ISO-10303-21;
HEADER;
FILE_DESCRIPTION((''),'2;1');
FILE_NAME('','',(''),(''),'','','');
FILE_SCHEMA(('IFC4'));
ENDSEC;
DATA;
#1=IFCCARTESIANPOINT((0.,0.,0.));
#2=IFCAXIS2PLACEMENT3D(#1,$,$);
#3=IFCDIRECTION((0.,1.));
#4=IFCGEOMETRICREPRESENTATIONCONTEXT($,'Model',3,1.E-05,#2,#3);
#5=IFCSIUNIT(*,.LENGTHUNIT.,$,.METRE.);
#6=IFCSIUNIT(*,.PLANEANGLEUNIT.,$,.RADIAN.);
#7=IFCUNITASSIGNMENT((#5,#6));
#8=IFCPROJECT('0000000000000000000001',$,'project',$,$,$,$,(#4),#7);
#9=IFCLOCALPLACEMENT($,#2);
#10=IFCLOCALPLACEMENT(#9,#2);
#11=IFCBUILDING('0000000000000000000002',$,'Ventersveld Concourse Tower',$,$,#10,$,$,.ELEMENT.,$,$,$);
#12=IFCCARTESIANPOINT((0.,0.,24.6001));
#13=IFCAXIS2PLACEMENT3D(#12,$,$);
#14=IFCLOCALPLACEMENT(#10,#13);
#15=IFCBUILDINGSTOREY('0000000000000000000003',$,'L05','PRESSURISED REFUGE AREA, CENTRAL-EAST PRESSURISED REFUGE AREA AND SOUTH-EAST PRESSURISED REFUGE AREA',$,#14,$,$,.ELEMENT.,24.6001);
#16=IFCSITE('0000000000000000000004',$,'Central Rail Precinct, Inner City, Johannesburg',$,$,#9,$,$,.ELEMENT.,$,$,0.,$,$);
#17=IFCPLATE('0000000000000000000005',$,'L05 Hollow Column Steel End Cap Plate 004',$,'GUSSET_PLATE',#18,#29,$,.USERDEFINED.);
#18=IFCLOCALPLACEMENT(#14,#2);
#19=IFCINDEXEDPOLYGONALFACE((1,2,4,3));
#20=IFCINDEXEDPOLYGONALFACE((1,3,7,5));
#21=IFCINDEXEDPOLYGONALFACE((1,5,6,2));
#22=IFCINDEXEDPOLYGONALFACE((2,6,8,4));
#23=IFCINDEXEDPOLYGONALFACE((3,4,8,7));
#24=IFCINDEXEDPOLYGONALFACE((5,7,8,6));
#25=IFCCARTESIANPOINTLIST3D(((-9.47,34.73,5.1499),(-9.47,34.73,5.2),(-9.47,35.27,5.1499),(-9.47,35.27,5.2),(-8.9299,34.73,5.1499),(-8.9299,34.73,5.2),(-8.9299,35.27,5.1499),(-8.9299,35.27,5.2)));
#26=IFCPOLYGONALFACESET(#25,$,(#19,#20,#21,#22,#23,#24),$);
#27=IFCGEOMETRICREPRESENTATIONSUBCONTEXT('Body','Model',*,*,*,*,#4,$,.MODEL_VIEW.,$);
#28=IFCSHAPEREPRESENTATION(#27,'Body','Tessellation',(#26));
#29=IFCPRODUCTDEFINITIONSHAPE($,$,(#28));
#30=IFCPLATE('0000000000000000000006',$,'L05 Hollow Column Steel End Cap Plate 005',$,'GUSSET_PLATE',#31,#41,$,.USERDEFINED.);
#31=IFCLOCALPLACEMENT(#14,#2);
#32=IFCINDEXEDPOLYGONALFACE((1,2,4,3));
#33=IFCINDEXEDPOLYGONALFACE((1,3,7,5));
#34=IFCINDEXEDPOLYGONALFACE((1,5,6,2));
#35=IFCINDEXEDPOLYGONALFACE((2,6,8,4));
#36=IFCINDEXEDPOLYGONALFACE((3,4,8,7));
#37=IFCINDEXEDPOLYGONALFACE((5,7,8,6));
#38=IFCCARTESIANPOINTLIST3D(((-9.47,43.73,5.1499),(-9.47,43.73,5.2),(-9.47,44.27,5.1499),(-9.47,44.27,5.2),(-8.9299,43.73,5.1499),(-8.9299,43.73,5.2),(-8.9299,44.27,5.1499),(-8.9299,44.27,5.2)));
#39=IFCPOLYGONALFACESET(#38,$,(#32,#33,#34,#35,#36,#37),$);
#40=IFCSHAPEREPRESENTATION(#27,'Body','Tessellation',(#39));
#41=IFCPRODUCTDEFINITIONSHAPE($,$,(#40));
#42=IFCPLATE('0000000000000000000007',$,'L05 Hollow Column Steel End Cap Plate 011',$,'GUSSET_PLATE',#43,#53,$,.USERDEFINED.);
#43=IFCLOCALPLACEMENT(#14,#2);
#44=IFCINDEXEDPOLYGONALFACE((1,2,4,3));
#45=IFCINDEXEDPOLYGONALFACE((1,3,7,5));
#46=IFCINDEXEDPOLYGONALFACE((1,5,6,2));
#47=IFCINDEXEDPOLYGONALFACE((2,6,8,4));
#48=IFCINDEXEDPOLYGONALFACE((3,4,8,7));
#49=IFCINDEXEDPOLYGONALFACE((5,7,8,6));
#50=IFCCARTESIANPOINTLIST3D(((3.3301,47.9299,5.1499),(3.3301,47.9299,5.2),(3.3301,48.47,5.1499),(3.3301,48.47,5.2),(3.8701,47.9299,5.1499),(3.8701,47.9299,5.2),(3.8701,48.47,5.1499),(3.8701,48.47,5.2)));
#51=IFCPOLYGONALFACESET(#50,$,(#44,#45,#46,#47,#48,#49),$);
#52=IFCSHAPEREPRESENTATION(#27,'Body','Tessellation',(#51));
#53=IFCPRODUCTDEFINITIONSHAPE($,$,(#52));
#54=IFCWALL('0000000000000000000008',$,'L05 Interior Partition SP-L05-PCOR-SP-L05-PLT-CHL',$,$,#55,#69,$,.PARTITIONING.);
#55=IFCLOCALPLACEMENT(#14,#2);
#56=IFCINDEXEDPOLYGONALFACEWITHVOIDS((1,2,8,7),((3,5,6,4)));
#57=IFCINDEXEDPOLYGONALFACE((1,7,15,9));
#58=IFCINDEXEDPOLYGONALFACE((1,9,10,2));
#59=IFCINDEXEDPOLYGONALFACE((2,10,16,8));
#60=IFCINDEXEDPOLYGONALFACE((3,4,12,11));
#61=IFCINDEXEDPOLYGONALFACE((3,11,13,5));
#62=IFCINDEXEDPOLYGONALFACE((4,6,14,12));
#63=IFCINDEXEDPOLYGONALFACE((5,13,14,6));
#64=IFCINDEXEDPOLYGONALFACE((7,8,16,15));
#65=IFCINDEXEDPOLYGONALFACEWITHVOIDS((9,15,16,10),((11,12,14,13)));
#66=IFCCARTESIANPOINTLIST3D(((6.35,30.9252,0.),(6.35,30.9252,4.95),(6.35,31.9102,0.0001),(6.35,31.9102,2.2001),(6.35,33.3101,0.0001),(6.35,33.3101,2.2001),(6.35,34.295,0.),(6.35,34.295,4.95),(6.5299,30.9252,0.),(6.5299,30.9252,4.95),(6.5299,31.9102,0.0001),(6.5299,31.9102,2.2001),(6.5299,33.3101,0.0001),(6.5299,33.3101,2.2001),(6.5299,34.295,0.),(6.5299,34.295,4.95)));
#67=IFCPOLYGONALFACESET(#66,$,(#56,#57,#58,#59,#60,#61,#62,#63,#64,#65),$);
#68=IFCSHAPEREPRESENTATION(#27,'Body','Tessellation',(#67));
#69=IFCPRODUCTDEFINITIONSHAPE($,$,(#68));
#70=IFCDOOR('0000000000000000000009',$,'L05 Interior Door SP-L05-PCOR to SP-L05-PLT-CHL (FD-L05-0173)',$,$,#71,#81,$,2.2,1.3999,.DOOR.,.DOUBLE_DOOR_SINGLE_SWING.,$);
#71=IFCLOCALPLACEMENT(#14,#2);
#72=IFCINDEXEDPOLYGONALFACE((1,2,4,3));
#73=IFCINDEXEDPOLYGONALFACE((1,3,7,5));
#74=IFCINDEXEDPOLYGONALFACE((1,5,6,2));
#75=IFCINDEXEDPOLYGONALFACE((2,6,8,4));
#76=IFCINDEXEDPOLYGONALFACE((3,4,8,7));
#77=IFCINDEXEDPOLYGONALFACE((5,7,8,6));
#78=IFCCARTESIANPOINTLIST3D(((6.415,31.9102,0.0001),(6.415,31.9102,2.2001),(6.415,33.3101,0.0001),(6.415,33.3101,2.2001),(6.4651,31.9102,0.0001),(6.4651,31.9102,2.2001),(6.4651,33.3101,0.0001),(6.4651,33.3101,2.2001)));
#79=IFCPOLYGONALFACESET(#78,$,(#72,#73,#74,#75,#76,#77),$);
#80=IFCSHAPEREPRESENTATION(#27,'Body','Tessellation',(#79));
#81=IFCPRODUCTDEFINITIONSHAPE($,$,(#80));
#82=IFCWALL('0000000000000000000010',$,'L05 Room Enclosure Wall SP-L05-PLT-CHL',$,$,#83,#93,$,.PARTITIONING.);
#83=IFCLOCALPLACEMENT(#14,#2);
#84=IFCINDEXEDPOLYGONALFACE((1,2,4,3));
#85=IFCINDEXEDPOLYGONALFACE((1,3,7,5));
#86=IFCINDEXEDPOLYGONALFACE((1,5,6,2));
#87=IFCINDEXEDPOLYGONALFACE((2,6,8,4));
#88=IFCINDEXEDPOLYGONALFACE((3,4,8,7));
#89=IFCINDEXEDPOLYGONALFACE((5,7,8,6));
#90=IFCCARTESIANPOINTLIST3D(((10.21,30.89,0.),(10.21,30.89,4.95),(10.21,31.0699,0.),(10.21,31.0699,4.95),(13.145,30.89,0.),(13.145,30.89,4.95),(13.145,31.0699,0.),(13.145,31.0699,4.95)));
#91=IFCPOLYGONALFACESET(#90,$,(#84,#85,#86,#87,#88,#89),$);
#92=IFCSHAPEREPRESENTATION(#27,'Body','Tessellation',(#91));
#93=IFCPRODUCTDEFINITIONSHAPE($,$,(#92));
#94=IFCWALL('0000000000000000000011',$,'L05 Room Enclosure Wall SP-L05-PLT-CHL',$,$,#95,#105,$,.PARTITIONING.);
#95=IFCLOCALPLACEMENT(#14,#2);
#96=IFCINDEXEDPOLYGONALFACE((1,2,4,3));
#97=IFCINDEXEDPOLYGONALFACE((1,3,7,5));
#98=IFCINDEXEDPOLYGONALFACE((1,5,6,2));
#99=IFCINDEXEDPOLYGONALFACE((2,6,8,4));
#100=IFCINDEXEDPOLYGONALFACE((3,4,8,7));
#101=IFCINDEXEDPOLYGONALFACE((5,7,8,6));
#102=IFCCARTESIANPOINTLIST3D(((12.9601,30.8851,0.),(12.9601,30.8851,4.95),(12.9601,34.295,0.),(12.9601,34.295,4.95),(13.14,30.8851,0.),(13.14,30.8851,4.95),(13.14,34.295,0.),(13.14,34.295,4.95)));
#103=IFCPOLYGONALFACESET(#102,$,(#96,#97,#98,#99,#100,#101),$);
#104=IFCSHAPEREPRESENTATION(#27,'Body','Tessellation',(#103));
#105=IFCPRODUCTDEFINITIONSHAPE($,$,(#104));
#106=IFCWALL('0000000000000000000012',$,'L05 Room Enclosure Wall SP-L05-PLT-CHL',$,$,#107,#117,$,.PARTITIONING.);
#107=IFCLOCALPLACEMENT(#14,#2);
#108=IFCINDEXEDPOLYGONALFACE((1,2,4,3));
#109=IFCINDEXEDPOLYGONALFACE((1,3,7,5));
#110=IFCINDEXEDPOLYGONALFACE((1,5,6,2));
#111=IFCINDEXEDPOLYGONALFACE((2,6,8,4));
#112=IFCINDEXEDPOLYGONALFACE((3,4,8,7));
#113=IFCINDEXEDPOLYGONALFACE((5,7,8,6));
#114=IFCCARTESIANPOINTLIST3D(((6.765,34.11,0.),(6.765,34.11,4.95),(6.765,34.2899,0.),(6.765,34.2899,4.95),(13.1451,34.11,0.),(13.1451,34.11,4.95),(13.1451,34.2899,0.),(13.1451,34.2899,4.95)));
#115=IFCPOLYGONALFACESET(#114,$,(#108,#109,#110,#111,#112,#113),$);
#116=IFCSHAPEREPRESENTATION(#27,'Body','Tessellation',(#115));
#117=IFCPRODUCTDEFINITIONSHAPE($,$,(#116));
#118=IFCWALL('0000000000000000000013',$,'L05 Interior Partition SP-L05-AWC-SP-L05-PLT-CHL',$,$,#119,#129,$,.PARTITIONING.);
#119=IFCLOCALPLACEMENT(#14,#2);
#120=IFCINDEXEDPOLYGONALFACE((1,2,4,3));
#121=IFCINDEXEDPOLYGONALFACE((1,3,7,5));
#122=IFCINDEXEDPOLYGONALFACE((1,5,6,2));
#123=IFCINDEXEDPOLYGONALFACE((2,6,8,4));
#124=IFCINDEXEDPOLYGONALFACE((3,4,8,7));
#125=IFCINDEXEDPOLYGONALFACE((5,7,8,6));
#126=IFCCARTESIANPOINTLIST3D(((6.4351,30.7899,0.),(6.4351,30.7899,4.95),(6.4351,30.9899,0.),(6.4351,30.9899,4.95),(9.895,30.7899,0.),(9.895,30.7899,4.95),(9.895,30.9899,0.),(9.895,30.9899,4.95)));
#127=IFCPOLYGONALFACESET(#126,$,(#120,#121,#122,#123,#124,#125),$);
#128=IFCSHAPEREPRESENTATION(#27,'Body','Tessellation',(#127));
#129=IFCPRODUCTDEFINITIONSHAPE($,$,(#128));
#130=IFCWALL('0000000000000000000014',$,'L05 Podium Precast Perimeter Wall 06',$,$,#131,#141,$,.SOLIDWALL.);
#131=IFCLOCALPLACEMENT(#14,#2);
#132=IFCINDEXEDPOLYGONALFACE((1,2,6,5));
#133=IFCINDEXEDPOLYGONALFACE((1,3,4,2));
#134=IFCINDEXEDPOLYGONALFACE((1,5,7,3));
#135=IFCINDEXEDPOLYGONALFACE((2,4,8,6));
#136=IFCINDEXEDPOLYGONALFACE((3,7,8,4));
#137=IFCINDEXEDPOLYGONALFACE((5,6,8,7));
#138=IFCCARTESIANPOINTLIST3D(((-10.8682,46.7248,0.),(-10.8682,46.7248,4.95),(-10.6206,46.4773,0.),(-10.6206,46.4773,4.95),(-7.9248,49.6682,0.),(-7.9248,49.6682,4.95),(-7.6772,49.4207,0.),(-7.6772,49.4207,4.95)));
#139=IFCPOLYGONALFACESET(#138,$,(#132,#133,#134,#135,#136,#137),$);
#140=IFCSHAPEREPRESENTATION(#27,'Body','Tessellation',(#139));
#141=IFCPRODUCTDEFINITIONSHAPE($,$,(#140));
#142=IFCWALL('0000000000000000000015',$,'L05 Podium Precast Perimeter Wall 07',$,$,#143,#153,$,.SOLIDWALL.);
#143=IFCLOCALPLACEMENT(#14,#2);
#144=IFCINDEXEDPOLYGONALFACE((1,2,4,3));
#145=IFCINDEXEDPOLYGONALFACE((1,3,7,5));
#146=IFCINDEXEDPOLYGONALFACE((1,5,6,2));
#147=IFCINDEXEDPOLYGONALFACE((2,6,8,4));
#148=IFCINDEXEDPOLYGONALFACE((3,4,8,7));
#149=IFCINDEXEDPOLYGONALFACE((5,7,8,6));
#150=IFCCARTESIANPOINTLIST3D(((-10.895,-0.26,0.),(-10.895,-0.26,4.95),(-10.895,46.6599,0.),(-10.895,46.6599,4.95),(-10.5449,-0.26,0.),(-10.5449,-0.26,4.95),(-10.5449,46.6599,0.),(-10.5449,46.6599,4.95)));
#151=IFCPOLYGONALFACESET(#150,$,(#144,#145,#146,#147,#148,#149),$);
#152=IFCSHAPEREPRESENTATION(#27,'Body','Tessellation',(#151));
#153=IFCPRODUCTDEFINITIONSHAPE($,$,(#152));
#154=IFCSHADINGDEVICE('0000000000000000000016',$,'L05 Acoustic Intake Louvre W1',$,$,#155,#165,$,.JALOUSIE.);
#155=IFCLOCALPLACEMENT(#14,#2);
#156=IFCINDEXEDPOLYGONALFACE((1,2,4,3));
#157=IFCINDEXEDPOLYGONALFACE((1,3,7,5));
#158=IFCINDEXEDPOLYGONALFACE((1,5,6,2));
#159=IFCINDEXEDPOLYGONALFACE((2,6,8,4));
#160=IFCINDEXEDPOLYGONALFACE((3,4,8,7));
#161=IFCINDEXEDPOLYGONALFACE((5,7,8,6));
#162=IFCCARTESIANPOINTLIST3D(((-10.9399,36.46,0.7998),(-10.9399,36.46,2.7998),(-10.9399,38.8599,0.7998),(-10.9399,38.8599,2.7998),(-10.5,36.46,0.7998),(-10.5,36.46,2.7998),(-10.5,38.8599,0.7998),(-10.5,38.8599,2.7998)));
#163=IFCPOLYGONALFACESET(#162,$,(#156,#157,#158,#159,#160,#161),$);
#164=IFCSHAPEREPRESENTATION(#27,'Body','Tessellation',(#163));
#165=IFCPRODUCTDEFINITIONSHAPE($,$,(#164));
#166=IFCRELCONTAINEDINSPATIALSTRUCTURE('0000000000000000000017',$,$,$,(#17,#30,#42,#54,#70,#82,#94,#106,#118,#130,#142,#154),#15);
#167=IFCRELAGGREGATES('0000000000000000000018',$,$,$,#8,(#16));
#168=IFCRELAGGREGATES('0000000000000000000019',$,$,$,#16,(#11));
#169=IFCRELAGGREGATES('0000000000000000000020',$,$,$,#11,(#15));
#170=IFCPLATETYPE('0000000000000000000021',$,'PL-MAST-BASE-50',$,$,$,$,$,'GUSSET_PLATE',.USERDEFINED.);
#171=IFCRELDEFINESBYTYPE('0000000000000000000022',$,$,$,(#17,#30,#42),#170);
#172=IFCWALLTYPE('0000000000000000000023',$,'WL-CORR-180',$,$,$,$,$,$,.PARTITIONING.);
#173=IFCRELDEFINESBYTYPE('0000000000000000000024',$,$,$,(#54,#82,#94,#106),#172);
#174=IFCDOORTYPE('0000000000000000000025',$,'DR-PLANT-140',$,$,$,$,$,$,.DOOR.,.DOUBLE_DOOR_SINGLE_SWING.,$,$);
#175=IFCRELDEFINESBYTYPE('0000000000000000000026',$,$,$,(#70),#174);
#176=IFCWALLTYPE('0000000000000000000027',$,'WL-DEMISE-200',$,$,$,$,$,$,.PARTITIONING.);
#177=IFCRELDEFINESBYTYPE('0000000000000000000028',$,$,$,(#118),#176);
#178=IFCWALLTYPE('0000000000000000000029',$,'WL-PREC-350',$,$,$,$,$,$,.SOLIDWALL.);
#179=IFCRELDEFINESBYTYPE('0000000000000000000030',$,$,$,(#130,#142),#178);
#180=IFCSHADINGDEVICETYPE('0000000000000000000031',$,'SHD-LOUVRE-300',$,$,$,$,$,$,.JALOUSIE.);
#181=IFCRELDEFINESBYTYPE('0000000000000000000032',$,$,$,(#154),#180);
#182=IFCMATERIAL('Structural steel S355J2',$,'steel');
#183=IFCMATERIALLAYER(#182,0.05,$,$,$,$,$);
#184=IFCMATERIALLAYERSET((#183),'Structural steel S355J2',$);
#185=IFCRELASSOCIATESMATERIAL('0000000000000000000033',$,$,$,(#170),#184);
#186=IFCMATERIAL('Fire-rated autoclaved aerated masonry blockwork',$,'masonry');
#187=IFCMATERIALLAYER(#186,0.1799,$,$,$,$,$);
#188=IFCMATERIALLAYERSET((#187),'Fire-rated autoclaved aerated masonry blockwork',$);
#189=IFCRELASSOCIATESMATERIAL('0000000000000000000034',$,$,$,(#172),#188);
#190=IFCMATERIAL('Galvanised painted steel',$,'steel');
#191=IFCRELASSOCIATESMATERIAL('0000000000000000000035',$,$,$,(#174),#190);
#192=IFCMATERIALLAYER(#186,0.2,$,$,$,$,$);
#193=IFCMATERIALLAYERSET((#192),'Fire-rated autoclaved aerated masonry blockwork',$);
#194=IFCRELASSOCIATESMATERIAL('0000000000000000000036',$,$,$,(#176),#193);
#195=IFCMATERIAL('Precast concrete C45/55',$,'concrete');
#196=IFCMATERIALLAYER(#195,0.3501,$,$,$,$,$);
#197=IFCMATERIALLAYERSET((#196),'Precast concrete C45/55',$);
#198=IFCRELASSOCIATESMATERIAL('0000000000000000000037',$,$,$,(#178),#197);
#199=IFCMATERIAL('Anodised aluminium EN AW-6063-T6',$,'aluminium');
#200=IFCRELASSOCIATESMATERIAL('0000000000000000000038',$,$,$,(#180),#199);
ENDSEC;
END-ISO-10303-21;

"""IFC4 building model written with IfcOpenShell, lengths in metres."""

from ifc_helpers import new_model, si_unit, direction, frame, frame_2d, origin, origin_2d, place, context, subcontext, project, spatial, rectangle, extrude, material, layer, layer_set, type_object, element, fill, save


model = new_model("IFC4")

# Units and contexts
model_context = context("Model", 3, precision=1e-05, world=origin(), true_north=direction((0.0, 1.0)))
body_context = subcontext(model_context, "Body", "Model", "MODEL_VIEW")
ifc_project = project(units=[si_unit("LENGTHUNIT", "METRE"), si_unit("PLANEANGLEUNIT", "RADIAN")], contexts=[model_context])

# Site, building, storey
site_placement = place(None, origin())
site = spatial("IfcSite", under=ifc_project, at=site_placement, Name="Central Rail Precinct, Inner City, Johannesburg", CompositionType="ELEMENT", RefElevation=0.0)
building_placement = place(site_placement, origin())
building = spatial("IfcBuilding", under=site, at=building_placement, Name="Ventersveld Concourse Tower", CompositionType="ELEMENT")
storey_placement = place(building_placement, frame((0.0, 0.0, 24.6001)))
storey = spatial("IfcBuildingStorey", under=building, at=storey_placement, Name="L05", Description="PRESSURISED REFUGE AREA, CENTRAL-EAST PRESSURISED REFUGE AREA AND SOUTH-EAST PRESSURISED REFUGE AREA", CompositionType="ELEMENT", Elevation=24.6001)

# Shared definitions
ifc_material_1 = material(Name="Structural steel S355J2", Category="steel")

# Plates
ifc_layer_1 = layer(ifc_material_1, 0.05)
ifc_layer_set_1 = layer_set([ifc_layer_1], Name="Structural steel S355J2")
plate_type = type_object("IfcPlateType", Name="PL-MAST-BASE-50", ElementType="GUSSET_PLATE", PredefinedType="USERDEFINED", material=ifc_layer_set_1)
for number, where, z_axis, x_axis, name in (
    (1, (-9.2, 35.0, 5.1499), (0.0, 0.0, 1.0), (1.0, 0.0, 0.0), "L05 Hollow Column Steel End Cap Plate 004"),
    (2, (-9.2, 44.0, 5.1499), (0.0, 0.0, 1.0), (1.0, 0.0, 0.0), "L05 Hollow Column Steel End Cap Plate 005"),
    (3, (3.6001, 48.2, 5.1499), (0.0, 0.0, 1.0), (1.0, 0.0, 0.0), "L05 Hollow Column Steel End Cap Plate 011"),
):
    element("IfcPlate", number, at=place(storey_placement, frame(where, z_axis=z_axis, x_axis=x_axis)), inside=storey, type_object=plate_type, Name=name, ObjectType="GUSSET_PLATE", PredefinedType="USERDEFINED", context=body_context, shape_type="SweptSolid", body=[
        extrude(rectangle(XDim=0.54, YDim=0.54, at=origin_2d()), origin(), (0.0, 0.0, 1.0), 0.05),
    ])

# Wall, opening, door
ifc_material_2 = material(Name="Fire-rated autoclaved aerated masonry blockwork", Category="masonry")
ifc_layer_2 = layer(ifc_material_2, 0.1799)
ifc_layer_set_2 = layer_set([ifc_layer_2], Name="Fire-rated autoclaved aerated masonry blockwork")
wall_type_1 = type_object("IfcWallType", Name="WL-CORR-180", PredefinedType="PARTITIONING", material=ifc_layer_set_2)
wall_1_placement = place(storey_placement, frame((6.4399, 30.925, 0.0), z_axis=(0.0, 0.0, 1.0), x_axis=(0.0, 1.0, 0.0)))
wall_1 = element("IfcWall", 4, at=wall_1_placement, inside=storey, type_object=wall_type_1, Name="L05 Interior Partition SP-L05-PCOR-SP-L05-PLT-CHL", PredefinedType="PARTITIONING", context=body_context, shape_type="SweptSolid", body=[
    extrude(rectangle(XDim=3.3699, YDim=0.1799, at=frame_2d((1.6851, 0.0))), origin(), (0.0, 0.0, 1.0), 4.95),
])
opening_placement = place(wall_1_placement, frame((0.9851, 0.0, 0.0)))
opening = element("IfcOpeningElement", 5, at=opening_placement, cuts=wall_1, PredefinedType="OPENING", context=body_context, shape_type="SweptSolid", body=[
    extrude(rectangle(XDim=1.3999, YDim=2.2, at=frame_2d((0.7, 1.1001))), frame((0.0, 0.1001, 0.0), z_axis=(0.0, -1.0, 0.0), x_axis=(1.0, 0.0, 0.0)), (0.0, 0.0, 1.0), 0.2),
])
ifc_material_3 = material(Name="Galvanised painted steel", Category="steel")
door_type = type_object("IfcDoorType", Name="DR-PLANT-140", OperationType="DOUBLE_DOOR_SINGLE_SWING", PredefinedType="DOOR", material=ifc_material_3)
door_placement = place(opening_placement, origin())
door = element("IfcDoor", 6, at=door_placement, inside=storey, type_object=door_type, Name="L05 Interior Door SP-L05-PCOR to SP-L05-PLT-CHL (FD-L05-0173)", OperationType="DOUBLE_DOOR_SINGLE_SWING", OverallHeight=2.2, OverallWidth=1.3999, PredefinedType="DOOR", context=body_context, shape_type="SweptSolid", body=[
    extrude(rectangle(XDim=1.3999, YDim=2.2, at=frame_2d((0.7, 1.1001))), frame((0.0, 0.0249, 0.0), z_axis=(0.0, -1.0, 0.0), x_axis=(1.0, 0.0, 0.0)), (0.0, 0.0, 1.0), 0.05),
])
fill(opening, door)

# Walls
wall_2_placement = place(storey_placement, frame((10.21, 30.98, 0.0), z_axis=(0.0, 0.0, 1.0), x_axis=(1.0, 0.0, 0.0)))
element("IfcWall", 7, at=wall_2_placement, inside=storey, type_object=wall_type_1, Name="L05 Room Enclosure Wall SP-L05-PLT-CHL", PredefinedType="PARTITIONING", context=body_context, shape_type="SweptSolid", body=[
    extrude(rectangle(XDim=2.9351, YDim=0.1799, at=frame_2d((1.4675, 0.0))), origin(), (0.0, 0.0, 1.0), 4.95),
])
wall_3_placement = place(storey_placement, frame((13.05, 30.885, 0.0), z_axis=(0.0, 0.0, 1.0), x_axis=(0.0, 1.0, 0.0)))
element("IfcWall", 8, at=wall_3_placement, inside=storey, type_object=wall_type_1, Name="L05 Room Enclosure Wall SP-L05-PLT-CHL", PredefinedType="PARTITIONING", context=body_context, shape_type="SweptSolid", body=[
    extrude(rectangle(XDim=3.4099, YDim=0.1799, at=frame_2d((1.7051, 0.0))), origin(), (0.0, 0.0, 1.0), 4.95),
])
wall_4_placement = place(storey_placement, frame((13.145, 34.2, 0.0), z_axis=(0.0, 0.0, 1.0), x_axis=(-1.0, 0.0, 0.0)))
element("IfcWall", 9, at=wall_4_placement, inside=storey, type_object=wall_type_1, Name="L05 Room Enclosure Wall SP-L05-PLT-CHL", PredefinedType="PARTITIONING", context=body_context, shape_type="SweptSolid", body=[
    extrude(rectangle(XDim=6.3801, YDim=0.1799, at=frame_2d((3.1899, 0.0))), origin(), (0.0, 0.0, 1.0), 4.95),
])
ifc_layer_3 = layer(ifc_material_2, 0.2)
ifc_layer_set_3 = layer_set([ifc_layer_3], Name="Fire-rated autoclaved aerated masonry blockwork")
wall_type_2 = type_object("IfcWallType", Name="WL-DEMISE-200", PredefinedType="PARTITIONING", material=ifc_layer_set_3)
wall_5_placement = place(storey_placement, frame((6.4351, 30.8899, 0.0), z_axis=(0.0, 0.0, 1.0), x_axis=(1.0, 0.0, 0.0)))
element("IfcWall", 10, at=wall_5_placement, inside=storey, type_object=wall_type_2, Name="L05 Interior Partition SP-L05-AWC-SP-L05-PLT-CHL", PredefinedType="PARTITIONING", context=body_context, shape_type="SweptSolid", body=[
    extrude(rectangle(XDim=3.46, YDim=0.2, at=frame_2d((1.73, 0.0))), origin(), (0.0, 0.0, 1.0), 4.95),
])
ifc_material_4 = material(Name="Precast concrete C45/55", Category="concrete")
ifc_layer_4 = layer(ifc_material_4, 0.3501)
ifc_layer_set_4 = layer_set([ifc_layer_4], Name="Precast concrete C45/55")
wall_type_3 = type_object("IfcWallType", Name="WL-PREC-350", PredefinedType="SOLIDWALL", material=ifc_layer_set_4)
wall_6_placement = place(storey_placement, frame((-7.801, 49.5444, 0.0), z_axis=(0.0, 0.0, 1.0), x_axis=(-0.707107, -0.707107, 0.0)))
element("IfcWall", 11, at=wall_6_placement, inside=storey, type_object=wall_type_3, Name="L05 Podium Precast Perimeter Wall 06", PredefinedType="SOLIDWALL", context=body_context, shape_type="SweptSolid", body=[
    extrude(rectangle(XDim=4.1626, YDim=0.3501, at=frame_2d((2.0813, 0.0))), origin(), (0.0, 0.0, 1.0), 4.95),
])
wall_7_placement = place(storey_placement, frame((-10.72, 46.6599, 0.0), z_axis=(0.0, 0.0, 1.0), x_axis=(0.0, -1.0, 0.0)))
element("IfcWall", 12, at=wall_7_placement, inside=storey, type_object=wall_type_3, Name="L05 Podium Precast Perimeter Wall 07", PredefinedType="SOLIDWALL", context=body_context, shape_type="SweptSolid", body=[
    extrude(rectangle(XDim=46.9199, YDim=0.3501, at=frame_2d((23.46, 0.0))), origin(), (0.0, 0.0, 1.0), 4.95),
])

# Shading device
ifc_material_5 = material(Name="Anodised aluminium EN AW-6063-T6", Category="aluminium")
shading_device_type = type_object("IfcShadingDeviceType", Name="SHD-LOUVRE-300", PredefinedType="JALOUSIE", material=ifc_material_5)
shading_device_placement = place(storey_placement, frame((-10.72, 37.6599, 0.7998), z_axis=(0.0, 0.0, 1.0), x_axis=(0.0, 1.0, 0.0)))
element("IfcShadingDevice", 13, at=shading_device_placement, inside=storey, type_object=shading_device_type, Name="L05 Acoustic Intake Louvre W1", PredefinedType="JALOUSIE", context=body_context, shape_type="SweptSolid", body=[
    extrude(rectangle(XDim=2.3999, YDim=0.4399, at=origin_2d()), origin(), (0.0, 0.0, 1.0), 2.0),
])

save(model, "model.ifc")
